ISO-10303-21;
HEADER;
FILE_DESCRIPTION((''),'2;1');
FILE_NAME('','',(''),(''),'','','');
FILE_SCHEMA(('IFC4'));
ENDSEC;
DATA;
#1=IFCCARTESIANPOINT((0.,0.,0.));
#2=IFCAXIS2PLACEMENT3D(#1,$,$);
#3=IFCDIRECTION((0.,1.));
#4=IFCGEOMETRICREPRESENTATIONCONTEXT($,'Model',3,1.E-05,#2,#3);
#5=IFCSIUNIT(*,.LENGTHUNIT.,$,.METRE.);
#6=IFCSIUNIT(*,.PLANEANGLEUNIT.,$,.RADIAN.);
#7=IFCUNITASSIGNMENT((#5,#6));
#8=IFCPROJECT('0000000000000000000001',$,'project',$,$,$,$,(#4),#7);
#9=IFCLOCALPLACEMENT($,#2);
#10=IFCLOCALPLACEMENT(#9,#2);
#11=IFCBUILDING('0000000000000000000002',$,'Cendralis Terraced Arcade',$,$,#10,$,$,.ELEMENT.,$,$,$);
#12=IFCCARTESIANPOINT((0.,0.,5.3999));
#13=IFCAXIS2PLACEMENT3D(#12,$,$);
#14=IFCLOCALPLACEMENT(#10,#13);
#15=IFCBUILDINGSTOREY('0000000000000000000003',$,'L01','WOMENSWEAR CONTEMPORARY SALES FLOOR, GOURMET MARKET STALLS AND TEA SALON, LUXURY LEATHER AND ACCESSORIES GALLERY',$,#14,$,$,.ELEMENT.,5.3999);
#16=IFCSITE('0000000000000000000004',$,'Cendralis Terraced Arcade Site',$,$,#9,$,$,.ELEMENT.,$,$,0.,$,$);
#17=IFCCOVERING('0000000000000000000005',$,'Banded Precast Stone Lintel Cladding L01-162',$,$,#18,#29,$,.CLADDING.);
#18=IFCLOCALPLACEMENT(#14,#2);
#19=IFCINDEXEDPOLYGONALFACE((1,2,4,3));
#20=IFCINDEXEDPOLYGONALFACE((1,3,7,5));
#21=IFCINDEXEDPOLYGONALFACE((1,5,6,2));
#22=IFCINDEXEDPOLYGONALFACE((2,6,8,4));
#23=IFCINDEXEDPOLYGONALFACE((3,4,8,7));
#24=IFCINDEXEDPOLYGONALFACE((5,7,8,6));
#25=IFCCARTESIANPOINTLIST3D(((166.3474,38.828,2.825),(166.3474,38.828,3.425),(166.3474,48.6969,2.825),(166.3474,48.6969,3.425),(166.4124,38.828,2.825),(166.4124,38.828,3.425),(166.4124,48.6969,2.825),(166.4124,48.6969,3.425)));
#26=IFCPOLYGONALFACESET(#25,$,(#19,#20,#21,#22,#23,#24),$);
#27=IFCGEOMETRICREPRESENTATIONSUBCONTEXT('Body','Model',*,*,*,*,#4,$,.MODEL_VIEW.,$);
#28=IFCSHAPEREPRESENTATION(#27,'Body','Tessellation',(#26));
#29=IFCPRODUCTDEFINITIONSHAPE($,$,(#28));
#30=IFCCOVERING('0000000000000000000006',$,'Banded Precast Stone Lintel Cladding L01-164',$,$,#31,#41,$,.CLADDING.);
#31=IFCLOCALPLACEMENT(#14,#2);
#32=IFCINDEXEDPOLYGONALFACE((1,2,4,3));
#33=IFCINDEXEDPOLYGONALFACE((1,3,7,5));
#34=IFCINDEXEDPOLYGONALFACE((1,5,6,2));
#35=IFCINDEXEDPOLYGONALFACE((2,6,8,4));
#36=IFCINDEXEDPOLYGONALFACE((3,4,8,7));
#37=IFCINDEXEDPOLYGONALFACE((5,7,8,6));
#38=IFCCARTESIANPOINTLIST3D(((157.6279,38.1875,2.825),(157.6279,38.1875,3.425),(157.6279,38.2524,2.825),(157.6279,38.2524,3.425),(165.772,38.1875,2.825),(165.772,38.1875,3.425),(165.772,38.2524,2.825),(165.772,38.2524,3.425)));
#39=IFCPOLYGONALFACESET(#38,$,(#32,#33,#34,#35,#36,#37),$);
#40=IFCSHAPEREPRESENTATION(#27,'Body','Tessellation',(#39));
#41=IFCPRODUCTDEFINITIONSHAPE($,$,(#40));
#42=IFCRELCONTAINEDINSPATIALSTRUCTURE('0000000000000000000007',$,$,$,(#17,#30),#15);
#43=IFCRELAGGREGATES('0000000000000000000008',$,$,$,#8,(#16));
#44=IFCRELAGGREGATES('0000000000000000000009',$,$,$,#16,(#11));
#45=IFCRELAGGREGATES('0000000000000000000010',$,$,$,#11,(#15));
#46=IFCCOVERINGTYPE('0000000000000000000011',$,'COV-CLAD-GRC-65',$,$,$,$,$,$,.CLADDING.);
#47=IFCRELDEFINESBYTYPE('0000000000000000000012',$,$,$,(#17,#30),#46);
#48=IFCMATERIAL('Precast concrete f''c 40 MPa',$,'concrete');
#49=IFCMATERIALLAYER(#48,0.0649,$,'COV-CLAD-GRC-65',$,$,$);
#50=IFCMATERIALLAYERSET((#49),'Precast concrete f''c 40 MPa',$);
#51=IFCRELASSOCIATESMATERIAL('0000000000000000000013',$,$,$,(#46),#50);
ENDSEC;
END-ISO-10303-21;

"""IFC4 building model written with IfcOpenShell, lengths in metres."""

from ifc_helpers import new_model, si_unit, direction, frame, origin, origin_2d, place, context, subcontext, project, spatial, rectangle, extrude, material, layer, layer_set, type_object, element, save


model = new_model("IFC4")

# Units and contexts
model_context = context("Model", 3, precision=1e-05, world=origin(), true_north=direction((0.0, 1.0)))
body_context = subcontext(model_context, "Body", "Model", "MODEL_VIEW")
ifc_project = project(units=[si_unit("LENGTHUNIT", "METRE"), si_unit("PLANEANGLEUNIT", "RADIAN")], contexts=[model_context])

# Site, building, storey
site_placement = place(None, origin())
site = spatial("IfcSite", under=ifc_project, at=site_placement, Name="Cendralis Terraced Arcade Site", CompositionType="ELEMENT", RefElevation=0.0)
building_placement = place(site_placement, origin())
building = spatial("IfcBuilding", under=site, at=building_placement, Name="Cendralis Terraced Arcade", CompositionType="ELEMENT")
storey_placement = place(building_placement, frame((0.0, 0.0, 5.3999)))
storey = spatial("IfcBuildingStorey", under=building, at=storey_placement, Name="L01", Description="WOMENSWEAR CONTEMPORARY SALES FLOOR, GOURMET MARKET STALLS AND TEA SALON, LUXURY LEATHER AND ACCESSORIES GALLERY", CompositionType="ELEMENT", Elevation=5.3999)

# Shared definitions
ifc_material_1 = material(Name="Precast concrete f'c 40 MPa", Category="concrete")

# Coverings
ifc_layer_1 = layer(ifc_material_1, 0.0649, Name="COV-CLAD-GRC-65")
ifc_layer_set_1 = layer_set([ifc_layer_1], Name="Precast concrete f'c 40 MPa")
covering_type = type_object("IfcCoveringType", Name="COV-CLAD-GRC-65", PredefinedType="CLADDING", material=ifc_layer_set_1)
covering_1_placement = place(storey_placement, frame((166.3799, 43.7625, 2.825), z_axis=(0.0, 0.0, 1.0), x_axis=(0.0, -1.0, 0.0)))
element("IfcCovering", 1, at=covering_1_placement, inside=storey, type_object=covering_type, Name="Banded Precast Stone Lintel Cladding L01-162", PredefinedType="CLADDING", context=body_context, shape_type="SweptSolid", body=[
    extrude(rectangle(XDim=9.8689, YDim=0.0649, at=origin_2d()), origin(), (0.0, 0.0, 1.0), 0.6001),
])
covering_2_placement = place(storey_placement, frame((161.7, 38.22, 2.825), z_axis=(0.0, 0.0, 1.0), x_axis=(-1.0, 0.0, 0.0)))
element("IfcCovering", 2, at=covering_2_placement, inside=storey, type_object=covering_type, Name="Banded Precast Stone Lintel Cladding L01-164", PredefinedType="CLADDING", context=body_context, shape_type="SweptSolid", body=[
    extrude(rectangle(XDim=8.144, YDim=0.0649, at=origin_2d()), origin(), (0.0, 0.0, 1.0), 0.6001),
])

save(model, "model.ifc")
